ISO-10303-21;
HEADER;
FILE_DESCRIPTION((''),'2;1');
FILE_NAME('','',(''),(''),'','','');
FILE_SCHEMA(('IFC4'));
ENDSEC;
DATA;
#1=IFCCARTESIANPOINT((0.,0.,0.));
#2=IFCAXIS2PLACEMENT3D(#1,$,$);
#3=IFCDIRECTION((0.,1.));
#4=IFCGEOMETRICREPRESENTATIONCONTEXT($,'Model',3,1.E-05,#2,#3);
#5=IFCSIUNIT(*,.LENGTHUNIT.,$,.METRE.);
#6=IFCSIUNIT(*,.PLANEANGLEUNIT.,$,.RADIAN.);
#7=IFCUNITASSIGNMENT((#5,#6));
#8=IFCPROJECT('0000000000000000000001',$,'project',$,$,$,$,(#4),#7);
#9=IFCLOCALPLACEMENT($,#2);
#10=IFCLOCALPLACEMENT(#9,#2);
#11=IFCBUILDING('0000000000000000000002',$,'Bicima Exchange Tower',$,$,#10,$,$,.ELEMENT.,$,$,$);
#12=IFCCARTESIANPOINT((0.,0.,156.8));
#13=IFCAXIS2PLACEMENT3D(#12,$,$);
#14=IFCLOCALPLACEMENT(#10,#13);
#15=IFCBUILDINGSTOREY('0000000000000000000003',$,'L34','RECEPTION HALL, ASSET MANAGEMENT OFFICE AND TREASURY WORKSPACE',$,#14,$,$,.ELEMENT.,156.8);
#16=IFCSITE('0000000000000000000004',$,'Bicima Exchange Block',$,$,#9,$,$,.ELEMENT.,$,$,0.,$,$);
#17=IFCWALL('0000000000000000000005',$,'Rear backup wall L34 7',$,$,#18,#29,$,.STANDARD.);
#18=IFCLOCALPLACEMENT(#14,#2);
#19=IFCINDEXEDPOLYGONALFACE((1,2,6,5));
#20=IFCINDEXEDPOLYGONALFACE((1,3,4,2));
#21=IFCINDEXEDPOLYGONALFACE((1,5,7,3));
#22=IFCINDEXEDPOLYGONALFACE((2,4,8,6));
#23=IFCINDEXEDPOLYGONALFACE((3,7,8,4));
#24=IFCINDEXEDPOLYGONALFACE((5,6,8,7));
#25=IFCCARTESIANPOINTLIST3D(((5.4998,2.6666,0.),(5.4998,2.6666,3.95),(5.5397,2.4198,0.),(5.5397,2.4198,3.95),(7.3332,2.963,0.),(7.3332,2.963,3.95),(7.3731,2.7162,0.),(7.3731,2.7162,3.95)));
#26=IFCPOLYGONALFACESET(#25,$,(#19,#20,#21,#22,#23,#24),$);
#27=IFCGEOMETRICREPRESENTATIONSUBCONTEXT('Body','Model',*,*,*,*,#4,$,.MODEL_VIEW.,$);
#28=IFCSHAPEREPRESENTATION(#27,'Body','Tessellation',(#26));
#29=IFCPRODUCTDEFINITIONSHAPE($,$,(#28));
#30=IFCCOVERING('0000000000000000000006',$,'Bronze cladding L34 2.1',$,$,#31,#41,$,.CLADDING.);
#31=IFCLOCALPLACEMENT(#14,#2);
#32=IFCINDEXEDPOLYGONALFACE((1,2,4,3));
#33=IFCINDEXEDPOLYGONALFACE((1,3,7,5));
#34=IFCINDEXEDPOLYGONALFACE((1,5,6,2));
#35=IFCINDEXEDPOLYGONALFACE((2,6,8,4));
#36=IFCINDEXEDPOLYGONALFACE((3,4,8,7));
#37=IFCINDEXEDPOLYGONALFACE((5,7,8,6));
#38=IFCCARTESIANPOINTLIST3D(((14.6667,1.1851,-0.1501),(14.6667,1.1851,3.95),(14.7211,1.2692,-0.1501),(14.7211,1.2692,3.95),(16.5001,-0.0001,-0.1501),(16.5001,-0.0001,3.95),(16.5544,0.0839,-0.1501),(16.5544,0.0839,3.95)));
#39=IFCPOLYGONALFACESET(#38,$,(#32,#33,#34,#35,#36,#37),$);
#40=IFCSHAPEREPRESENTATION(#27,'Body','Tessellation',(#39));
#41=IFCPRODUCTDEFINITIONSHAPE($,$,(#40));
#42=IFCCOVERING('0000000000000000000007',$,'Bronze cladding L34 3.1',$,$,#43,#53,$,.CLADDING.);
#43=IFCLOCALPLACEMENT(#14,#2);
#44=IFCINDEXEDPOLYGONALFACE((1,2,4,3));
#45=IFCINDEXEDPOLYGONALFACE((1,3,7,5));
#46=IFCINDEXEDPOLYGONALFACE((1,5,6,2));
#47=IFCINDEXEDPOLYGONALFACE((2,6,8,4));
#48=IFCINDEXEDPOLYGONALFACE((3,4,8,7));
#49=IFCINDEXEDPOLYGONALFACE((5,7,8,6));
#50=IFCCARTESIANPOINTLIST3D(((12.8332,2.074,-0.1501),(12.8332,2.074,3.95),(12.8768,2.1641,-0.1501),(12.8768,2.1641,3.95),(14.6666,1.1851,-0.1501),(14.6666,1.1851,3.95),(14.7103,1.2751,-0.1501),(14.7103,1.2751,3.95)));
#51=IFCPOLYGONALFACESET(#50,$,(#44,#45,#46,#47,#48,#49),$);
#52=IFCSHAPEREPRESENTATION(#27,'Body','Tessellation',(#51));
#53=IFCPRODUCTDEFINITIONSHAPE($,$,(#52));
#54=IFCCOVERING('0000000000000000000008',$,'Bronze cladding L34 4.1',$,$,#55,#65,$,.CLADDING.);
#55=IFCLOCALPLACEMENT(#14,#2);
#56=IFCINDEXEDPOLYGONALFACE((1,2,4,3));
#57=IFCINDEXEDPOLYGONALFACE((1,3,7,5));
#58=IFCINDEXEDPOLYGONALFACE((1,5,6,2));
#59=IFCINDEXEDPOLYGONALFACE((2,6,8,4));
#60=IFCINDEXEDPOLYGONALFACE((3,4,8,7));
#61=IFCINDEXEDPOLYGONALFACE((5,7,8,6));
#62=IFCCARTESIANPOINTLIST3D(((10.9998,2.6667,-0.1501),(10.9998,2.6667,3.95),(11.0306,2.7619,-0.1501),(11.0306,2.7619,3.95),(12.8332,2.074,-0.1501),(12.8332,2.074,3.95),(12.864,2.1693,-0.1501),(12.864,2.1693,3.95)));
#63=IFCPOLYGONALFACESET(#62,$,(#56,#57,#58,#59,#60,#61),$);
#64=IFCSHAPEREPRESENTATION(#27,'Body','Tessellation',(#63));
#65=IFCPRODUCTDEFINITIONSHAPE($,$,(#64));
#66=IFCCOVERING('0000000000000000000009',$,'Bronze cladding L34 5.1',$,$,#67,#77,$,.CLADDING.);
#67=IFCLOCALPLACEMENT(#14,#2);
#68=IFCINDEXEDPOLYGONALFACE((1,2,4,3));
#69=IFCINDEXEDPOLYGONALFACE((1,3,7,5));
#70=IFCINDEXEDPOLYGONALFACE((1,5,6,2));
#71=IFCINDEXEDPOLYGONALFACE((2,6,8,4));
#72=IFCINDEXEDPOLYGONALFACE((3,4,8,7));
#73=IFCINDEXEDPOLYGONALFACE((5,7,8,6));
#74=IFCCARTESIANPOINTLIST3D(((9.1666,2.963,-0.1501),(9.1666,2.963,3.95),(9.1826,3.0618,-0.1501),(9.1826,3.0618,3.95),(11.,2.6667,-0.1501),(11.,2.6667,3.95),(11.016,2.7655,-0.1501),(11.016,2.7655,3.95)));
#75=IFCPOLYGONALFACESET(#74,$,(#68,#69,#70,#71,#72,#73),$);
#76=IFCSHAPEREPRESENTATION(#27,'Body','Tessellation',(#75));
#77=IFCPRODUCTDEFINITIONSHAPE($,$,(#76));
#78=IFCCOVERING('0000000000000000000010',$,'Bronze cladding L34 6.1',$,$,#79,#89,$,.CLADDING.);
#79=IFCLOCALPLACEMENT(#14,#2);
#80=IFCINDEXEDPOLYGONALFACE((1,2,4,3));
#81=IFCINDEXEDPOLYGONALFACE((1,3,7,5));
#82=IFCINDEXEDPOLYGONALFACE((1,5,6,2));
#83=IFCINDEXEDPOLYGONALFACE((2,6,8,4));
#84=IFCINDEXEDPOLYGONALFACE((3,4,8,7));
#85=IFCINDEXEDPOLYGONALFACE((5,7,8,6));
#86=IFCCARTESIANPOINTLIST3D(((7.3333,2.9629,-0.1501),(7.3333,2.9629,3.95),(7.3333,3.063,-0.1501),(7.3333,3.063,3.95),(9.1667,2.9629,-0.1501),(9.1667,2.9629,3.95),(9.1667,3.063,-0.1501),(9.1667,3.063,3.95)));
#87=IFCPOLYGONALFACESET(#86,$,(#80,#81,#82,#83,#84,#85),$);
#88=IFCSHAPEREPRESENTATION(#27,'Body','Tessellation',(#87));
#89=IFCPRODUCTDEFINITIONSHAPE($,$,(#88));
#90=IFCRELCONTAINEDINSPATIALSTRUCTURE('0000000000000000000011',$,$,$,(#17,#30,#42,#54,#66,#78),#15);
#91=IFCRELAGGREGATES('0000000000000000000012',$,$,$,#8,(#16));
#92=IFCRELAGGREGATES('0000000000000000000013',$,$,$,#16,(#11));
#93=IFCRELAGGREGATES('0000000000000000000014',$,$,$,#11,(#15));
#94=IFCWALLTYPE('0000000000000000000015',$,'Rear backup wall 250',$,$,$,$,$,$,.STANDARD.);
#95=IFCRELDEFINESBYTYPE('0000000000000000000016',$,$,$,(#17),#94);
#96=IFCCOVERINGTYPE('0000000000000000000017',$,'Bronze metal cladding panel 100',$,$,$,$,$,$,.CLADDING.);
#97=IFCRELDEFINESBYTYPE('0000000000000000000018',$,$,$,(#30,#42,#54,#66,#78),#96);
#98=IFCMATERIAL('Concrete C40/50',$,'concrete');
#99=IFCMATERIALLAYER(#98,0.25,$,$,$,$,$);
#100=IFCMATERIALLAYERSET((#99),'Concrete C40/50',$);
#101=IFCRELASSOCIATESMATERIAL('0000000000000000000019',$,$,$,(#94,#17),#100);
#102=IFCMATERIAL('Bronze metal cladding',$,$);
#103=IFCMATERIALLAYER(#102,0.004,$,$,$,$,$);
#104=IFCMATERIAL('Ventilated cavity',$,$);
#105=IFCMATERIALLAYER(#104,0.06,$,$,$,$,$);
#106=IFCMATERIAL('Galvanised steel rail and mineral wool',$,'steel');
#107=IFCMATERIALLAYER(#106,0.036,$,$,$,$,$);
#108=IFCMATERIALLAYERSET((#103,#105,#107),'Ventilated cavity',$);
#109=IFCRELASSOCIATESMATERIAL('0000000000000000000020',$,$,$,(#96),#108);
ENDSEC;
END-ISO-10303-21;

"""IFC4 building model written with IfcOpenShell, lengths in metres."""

from ifc_helpers import new_model, si_unit, direction, frame, frame_2d, origin, origin_2d, place, context, subcontext, project, spatial, rectangle, extrude, material, layer, layer_set, layer_usage, type_object, element, save


model = new_model("IFC4")

# Units and contexts
model_context = context("Model", 3, precision=1e-05, world=origin(), true_north=direction((0.0, 1.0)))
body_context = subcontext(model_context, "Body", "Model", "MODEL_VIEW")
ifc_project = project(units=[si_unit("LENGTHUNIT", "METRE"), si_unit("PLANEANGLEUNIT", "RADIAN")], contexts=[model_context])

# Site, building, storey
site_placement = place(None, origin())
site = spatial("IfcSite", under=ifc_project, at=site_placement, Name="Bicima Exchange Block", CompositionType="ELEMENT", RefElevation=0.0)
building_placement = place(site_placement, origin())
building = spatial("IfcBuilding", under=site, at=building_placement, Name="Bicima Exchange Tower", CompositionType="ELEMENT")
storey_placement = place(building_placement, frame((0.0, 0.0, 156.8)))
storey = spatial("IfcBuildingStorey", under=building, at=storey_placement, Name="L34", Description="RECEPTION HALL, ASSET MANAGEMENT OFFICE AND TREASURY WORKSPACE", CompositionType="ELEMENT", Elevation=156.8)

# Wall
ifc_material_1 = material(Name="Concrete C40/50", Category="concrete")
ifc_layer_1 = layer(ifc_material_1, 0.25)
ifc_layer_set_1 = layer_set([ifc_layer_1], Name="Concrete C40/50")
ifc_layer_usage = layer_usage(ifc_layer_set_1, "AXIS2", "POSITIVE", -0.125)
wall_type_1 = type_object("IfcWallType", Name="Rear backup wall 250", PredefinedType="STANDARD", material=ifc_layer_set_1)
wall_1_placement = place(storey_placement, frame((7.3533, 2.8396, 0.0), z_axis=(0.0, 0.0, 1.0), x_axis=(-0.987182, -0.1596, 0.0)))
element("IfcWall", 1, at=wall_1_placement, inside=storey, type_object=wall_type_1, material=ifc_layer_usage, Name="Rear backup wall L34 7", PredefinedType="STANDARD", context=body_context, shape_type="SweptSolid", body=[
    extrude(rectangle(XDim=1.8572, YDim=0.25, at=frame_2d((0.9287, 0.0))), origin(), (0.0, 0.0, 1.0), 3.95),
])

# Coverings
ifc_material_2 = material(Name="Bronze metal cladding")
ifc_layer_2 = layer(ifc_material_2, 0.004)
ifc_material_3 = material(Name="Ventilated cavity")
ifc_layer_3 = layer(ifc_material_3, 0.06)
ifc_material_4 = material(Name="Galvanised steel rail and mineral wool", Category="steel")
ifc_layer_4 = layer(ifc_material_4, 0.036)
ifc_layer_set_2 = layer_set([ifc_layer_2, ifc_layer_3, ifc_layer_4], Name="Ventilated cavity")
covering_type = type_object("IfcCoveringType", Name="Bronze metal cladding panel 100", PredefinedType="CLADDING", material=ifc_layer_set_2)
covering_1_placement = place(storey_placement, frame((15.6106, 0.6345, -0.1501), z_axis=(0.0, 0.0, 1.0), x_axis=(-0.83979, 0.542911, 0.0)))
element("IfcCovering", 2, at=covering_1_placement, inside=storey, type_object=covering_type, Name="Bronze cladding L34 2.1", PredefinedType="CLADDING", context=body_context, shape_type="SweptSolid", body=[
    extrude(rectangle(XDim=2.1831, YDim=0.1001, at=origin_2d()), origin(), (0.0, 0.0, 1.0), 4.1001),
])
covering_2_placement = place(storey_placement, frame((13.7717, 1.6746, -0.1501), z_axis=(0.0, 0.0, 1.0), x_axis=(-0.899818, 0.436265, 0.0)))
element("IfcCovering", 3, at=covering_2_placement, inside=storey, type_object=covering_type, Name="Bronze cladding L34 3.1", PredefinedType="CLADDING", context=body_context, shape_type="SweptSolid", body=[
    extrude(rectangle(XDim=2.0376, YDim=0.1001, at=origin_2d()), origin(), (0.0, 0.0, 1.0), 4.1001),
])
covering_3_placement = place(storey_placement, frame((11.9319, 2.418, -0.1501), z_axis=(0.0, 0.0, 1.0), x_axis=(-0.951525, 0.307573, 0.0)))
element("IfcCovering", 4, at=covering_3_placement, inside=storey, type_object=covering_type, Name="Bronze cladding L34 4.1", PredefinedType="CLADDING", context=body_context, shape_type="SweptSolid", body=[
    extrude(rectangle(XDim=1.9268, YDim=0.1001, at=origin_2d()), origin(), (0.0, 0.0, 1.0), 4.1001),
])
covering_4_placement = place(storey_placement, frame((10.0913, 2.8643, -0.1501), z_axis=(0.0, 0.0, 1.0), x_axis=(-0.98719, 0.15955, 0.0)))
element("IfcCovering", 5, at=covering_4_placement, inside=storey, type_object=covering_type, Name="Bronze cladding L34 5.1", PredefinedType="CLADDING", context=body_context, shape_type="SweptSolid", body=[
    extrude(rectangle(XDim=1.8572, YDim=0.1001, at=origin_2d()), origin(), (0.0, 0.0, 1.0), 4.1001),
])
covering_5_placement = place(storey_placement, frame((8.25, 3.0129, -0.1501), z_axis=(0.0, 0.0, 1.0), x_axis=(-1.0, 0.0, 0.0)))
element("IfcCovering", 6, at=covering_5_placement, inside=storey, type_object=covering_type, Name="Bronze cladding L34 6.1", PredefinedType="CLADDING", context=body_context, shape_type="SweptSolid", body=[
    extrude(rectangle(XDim=1.8335, YDim=0.1001, at=origin_2d()), origin(), (0.0, 0.0, 1.0), 4.1001),
])

save(model, "model.ifc")
